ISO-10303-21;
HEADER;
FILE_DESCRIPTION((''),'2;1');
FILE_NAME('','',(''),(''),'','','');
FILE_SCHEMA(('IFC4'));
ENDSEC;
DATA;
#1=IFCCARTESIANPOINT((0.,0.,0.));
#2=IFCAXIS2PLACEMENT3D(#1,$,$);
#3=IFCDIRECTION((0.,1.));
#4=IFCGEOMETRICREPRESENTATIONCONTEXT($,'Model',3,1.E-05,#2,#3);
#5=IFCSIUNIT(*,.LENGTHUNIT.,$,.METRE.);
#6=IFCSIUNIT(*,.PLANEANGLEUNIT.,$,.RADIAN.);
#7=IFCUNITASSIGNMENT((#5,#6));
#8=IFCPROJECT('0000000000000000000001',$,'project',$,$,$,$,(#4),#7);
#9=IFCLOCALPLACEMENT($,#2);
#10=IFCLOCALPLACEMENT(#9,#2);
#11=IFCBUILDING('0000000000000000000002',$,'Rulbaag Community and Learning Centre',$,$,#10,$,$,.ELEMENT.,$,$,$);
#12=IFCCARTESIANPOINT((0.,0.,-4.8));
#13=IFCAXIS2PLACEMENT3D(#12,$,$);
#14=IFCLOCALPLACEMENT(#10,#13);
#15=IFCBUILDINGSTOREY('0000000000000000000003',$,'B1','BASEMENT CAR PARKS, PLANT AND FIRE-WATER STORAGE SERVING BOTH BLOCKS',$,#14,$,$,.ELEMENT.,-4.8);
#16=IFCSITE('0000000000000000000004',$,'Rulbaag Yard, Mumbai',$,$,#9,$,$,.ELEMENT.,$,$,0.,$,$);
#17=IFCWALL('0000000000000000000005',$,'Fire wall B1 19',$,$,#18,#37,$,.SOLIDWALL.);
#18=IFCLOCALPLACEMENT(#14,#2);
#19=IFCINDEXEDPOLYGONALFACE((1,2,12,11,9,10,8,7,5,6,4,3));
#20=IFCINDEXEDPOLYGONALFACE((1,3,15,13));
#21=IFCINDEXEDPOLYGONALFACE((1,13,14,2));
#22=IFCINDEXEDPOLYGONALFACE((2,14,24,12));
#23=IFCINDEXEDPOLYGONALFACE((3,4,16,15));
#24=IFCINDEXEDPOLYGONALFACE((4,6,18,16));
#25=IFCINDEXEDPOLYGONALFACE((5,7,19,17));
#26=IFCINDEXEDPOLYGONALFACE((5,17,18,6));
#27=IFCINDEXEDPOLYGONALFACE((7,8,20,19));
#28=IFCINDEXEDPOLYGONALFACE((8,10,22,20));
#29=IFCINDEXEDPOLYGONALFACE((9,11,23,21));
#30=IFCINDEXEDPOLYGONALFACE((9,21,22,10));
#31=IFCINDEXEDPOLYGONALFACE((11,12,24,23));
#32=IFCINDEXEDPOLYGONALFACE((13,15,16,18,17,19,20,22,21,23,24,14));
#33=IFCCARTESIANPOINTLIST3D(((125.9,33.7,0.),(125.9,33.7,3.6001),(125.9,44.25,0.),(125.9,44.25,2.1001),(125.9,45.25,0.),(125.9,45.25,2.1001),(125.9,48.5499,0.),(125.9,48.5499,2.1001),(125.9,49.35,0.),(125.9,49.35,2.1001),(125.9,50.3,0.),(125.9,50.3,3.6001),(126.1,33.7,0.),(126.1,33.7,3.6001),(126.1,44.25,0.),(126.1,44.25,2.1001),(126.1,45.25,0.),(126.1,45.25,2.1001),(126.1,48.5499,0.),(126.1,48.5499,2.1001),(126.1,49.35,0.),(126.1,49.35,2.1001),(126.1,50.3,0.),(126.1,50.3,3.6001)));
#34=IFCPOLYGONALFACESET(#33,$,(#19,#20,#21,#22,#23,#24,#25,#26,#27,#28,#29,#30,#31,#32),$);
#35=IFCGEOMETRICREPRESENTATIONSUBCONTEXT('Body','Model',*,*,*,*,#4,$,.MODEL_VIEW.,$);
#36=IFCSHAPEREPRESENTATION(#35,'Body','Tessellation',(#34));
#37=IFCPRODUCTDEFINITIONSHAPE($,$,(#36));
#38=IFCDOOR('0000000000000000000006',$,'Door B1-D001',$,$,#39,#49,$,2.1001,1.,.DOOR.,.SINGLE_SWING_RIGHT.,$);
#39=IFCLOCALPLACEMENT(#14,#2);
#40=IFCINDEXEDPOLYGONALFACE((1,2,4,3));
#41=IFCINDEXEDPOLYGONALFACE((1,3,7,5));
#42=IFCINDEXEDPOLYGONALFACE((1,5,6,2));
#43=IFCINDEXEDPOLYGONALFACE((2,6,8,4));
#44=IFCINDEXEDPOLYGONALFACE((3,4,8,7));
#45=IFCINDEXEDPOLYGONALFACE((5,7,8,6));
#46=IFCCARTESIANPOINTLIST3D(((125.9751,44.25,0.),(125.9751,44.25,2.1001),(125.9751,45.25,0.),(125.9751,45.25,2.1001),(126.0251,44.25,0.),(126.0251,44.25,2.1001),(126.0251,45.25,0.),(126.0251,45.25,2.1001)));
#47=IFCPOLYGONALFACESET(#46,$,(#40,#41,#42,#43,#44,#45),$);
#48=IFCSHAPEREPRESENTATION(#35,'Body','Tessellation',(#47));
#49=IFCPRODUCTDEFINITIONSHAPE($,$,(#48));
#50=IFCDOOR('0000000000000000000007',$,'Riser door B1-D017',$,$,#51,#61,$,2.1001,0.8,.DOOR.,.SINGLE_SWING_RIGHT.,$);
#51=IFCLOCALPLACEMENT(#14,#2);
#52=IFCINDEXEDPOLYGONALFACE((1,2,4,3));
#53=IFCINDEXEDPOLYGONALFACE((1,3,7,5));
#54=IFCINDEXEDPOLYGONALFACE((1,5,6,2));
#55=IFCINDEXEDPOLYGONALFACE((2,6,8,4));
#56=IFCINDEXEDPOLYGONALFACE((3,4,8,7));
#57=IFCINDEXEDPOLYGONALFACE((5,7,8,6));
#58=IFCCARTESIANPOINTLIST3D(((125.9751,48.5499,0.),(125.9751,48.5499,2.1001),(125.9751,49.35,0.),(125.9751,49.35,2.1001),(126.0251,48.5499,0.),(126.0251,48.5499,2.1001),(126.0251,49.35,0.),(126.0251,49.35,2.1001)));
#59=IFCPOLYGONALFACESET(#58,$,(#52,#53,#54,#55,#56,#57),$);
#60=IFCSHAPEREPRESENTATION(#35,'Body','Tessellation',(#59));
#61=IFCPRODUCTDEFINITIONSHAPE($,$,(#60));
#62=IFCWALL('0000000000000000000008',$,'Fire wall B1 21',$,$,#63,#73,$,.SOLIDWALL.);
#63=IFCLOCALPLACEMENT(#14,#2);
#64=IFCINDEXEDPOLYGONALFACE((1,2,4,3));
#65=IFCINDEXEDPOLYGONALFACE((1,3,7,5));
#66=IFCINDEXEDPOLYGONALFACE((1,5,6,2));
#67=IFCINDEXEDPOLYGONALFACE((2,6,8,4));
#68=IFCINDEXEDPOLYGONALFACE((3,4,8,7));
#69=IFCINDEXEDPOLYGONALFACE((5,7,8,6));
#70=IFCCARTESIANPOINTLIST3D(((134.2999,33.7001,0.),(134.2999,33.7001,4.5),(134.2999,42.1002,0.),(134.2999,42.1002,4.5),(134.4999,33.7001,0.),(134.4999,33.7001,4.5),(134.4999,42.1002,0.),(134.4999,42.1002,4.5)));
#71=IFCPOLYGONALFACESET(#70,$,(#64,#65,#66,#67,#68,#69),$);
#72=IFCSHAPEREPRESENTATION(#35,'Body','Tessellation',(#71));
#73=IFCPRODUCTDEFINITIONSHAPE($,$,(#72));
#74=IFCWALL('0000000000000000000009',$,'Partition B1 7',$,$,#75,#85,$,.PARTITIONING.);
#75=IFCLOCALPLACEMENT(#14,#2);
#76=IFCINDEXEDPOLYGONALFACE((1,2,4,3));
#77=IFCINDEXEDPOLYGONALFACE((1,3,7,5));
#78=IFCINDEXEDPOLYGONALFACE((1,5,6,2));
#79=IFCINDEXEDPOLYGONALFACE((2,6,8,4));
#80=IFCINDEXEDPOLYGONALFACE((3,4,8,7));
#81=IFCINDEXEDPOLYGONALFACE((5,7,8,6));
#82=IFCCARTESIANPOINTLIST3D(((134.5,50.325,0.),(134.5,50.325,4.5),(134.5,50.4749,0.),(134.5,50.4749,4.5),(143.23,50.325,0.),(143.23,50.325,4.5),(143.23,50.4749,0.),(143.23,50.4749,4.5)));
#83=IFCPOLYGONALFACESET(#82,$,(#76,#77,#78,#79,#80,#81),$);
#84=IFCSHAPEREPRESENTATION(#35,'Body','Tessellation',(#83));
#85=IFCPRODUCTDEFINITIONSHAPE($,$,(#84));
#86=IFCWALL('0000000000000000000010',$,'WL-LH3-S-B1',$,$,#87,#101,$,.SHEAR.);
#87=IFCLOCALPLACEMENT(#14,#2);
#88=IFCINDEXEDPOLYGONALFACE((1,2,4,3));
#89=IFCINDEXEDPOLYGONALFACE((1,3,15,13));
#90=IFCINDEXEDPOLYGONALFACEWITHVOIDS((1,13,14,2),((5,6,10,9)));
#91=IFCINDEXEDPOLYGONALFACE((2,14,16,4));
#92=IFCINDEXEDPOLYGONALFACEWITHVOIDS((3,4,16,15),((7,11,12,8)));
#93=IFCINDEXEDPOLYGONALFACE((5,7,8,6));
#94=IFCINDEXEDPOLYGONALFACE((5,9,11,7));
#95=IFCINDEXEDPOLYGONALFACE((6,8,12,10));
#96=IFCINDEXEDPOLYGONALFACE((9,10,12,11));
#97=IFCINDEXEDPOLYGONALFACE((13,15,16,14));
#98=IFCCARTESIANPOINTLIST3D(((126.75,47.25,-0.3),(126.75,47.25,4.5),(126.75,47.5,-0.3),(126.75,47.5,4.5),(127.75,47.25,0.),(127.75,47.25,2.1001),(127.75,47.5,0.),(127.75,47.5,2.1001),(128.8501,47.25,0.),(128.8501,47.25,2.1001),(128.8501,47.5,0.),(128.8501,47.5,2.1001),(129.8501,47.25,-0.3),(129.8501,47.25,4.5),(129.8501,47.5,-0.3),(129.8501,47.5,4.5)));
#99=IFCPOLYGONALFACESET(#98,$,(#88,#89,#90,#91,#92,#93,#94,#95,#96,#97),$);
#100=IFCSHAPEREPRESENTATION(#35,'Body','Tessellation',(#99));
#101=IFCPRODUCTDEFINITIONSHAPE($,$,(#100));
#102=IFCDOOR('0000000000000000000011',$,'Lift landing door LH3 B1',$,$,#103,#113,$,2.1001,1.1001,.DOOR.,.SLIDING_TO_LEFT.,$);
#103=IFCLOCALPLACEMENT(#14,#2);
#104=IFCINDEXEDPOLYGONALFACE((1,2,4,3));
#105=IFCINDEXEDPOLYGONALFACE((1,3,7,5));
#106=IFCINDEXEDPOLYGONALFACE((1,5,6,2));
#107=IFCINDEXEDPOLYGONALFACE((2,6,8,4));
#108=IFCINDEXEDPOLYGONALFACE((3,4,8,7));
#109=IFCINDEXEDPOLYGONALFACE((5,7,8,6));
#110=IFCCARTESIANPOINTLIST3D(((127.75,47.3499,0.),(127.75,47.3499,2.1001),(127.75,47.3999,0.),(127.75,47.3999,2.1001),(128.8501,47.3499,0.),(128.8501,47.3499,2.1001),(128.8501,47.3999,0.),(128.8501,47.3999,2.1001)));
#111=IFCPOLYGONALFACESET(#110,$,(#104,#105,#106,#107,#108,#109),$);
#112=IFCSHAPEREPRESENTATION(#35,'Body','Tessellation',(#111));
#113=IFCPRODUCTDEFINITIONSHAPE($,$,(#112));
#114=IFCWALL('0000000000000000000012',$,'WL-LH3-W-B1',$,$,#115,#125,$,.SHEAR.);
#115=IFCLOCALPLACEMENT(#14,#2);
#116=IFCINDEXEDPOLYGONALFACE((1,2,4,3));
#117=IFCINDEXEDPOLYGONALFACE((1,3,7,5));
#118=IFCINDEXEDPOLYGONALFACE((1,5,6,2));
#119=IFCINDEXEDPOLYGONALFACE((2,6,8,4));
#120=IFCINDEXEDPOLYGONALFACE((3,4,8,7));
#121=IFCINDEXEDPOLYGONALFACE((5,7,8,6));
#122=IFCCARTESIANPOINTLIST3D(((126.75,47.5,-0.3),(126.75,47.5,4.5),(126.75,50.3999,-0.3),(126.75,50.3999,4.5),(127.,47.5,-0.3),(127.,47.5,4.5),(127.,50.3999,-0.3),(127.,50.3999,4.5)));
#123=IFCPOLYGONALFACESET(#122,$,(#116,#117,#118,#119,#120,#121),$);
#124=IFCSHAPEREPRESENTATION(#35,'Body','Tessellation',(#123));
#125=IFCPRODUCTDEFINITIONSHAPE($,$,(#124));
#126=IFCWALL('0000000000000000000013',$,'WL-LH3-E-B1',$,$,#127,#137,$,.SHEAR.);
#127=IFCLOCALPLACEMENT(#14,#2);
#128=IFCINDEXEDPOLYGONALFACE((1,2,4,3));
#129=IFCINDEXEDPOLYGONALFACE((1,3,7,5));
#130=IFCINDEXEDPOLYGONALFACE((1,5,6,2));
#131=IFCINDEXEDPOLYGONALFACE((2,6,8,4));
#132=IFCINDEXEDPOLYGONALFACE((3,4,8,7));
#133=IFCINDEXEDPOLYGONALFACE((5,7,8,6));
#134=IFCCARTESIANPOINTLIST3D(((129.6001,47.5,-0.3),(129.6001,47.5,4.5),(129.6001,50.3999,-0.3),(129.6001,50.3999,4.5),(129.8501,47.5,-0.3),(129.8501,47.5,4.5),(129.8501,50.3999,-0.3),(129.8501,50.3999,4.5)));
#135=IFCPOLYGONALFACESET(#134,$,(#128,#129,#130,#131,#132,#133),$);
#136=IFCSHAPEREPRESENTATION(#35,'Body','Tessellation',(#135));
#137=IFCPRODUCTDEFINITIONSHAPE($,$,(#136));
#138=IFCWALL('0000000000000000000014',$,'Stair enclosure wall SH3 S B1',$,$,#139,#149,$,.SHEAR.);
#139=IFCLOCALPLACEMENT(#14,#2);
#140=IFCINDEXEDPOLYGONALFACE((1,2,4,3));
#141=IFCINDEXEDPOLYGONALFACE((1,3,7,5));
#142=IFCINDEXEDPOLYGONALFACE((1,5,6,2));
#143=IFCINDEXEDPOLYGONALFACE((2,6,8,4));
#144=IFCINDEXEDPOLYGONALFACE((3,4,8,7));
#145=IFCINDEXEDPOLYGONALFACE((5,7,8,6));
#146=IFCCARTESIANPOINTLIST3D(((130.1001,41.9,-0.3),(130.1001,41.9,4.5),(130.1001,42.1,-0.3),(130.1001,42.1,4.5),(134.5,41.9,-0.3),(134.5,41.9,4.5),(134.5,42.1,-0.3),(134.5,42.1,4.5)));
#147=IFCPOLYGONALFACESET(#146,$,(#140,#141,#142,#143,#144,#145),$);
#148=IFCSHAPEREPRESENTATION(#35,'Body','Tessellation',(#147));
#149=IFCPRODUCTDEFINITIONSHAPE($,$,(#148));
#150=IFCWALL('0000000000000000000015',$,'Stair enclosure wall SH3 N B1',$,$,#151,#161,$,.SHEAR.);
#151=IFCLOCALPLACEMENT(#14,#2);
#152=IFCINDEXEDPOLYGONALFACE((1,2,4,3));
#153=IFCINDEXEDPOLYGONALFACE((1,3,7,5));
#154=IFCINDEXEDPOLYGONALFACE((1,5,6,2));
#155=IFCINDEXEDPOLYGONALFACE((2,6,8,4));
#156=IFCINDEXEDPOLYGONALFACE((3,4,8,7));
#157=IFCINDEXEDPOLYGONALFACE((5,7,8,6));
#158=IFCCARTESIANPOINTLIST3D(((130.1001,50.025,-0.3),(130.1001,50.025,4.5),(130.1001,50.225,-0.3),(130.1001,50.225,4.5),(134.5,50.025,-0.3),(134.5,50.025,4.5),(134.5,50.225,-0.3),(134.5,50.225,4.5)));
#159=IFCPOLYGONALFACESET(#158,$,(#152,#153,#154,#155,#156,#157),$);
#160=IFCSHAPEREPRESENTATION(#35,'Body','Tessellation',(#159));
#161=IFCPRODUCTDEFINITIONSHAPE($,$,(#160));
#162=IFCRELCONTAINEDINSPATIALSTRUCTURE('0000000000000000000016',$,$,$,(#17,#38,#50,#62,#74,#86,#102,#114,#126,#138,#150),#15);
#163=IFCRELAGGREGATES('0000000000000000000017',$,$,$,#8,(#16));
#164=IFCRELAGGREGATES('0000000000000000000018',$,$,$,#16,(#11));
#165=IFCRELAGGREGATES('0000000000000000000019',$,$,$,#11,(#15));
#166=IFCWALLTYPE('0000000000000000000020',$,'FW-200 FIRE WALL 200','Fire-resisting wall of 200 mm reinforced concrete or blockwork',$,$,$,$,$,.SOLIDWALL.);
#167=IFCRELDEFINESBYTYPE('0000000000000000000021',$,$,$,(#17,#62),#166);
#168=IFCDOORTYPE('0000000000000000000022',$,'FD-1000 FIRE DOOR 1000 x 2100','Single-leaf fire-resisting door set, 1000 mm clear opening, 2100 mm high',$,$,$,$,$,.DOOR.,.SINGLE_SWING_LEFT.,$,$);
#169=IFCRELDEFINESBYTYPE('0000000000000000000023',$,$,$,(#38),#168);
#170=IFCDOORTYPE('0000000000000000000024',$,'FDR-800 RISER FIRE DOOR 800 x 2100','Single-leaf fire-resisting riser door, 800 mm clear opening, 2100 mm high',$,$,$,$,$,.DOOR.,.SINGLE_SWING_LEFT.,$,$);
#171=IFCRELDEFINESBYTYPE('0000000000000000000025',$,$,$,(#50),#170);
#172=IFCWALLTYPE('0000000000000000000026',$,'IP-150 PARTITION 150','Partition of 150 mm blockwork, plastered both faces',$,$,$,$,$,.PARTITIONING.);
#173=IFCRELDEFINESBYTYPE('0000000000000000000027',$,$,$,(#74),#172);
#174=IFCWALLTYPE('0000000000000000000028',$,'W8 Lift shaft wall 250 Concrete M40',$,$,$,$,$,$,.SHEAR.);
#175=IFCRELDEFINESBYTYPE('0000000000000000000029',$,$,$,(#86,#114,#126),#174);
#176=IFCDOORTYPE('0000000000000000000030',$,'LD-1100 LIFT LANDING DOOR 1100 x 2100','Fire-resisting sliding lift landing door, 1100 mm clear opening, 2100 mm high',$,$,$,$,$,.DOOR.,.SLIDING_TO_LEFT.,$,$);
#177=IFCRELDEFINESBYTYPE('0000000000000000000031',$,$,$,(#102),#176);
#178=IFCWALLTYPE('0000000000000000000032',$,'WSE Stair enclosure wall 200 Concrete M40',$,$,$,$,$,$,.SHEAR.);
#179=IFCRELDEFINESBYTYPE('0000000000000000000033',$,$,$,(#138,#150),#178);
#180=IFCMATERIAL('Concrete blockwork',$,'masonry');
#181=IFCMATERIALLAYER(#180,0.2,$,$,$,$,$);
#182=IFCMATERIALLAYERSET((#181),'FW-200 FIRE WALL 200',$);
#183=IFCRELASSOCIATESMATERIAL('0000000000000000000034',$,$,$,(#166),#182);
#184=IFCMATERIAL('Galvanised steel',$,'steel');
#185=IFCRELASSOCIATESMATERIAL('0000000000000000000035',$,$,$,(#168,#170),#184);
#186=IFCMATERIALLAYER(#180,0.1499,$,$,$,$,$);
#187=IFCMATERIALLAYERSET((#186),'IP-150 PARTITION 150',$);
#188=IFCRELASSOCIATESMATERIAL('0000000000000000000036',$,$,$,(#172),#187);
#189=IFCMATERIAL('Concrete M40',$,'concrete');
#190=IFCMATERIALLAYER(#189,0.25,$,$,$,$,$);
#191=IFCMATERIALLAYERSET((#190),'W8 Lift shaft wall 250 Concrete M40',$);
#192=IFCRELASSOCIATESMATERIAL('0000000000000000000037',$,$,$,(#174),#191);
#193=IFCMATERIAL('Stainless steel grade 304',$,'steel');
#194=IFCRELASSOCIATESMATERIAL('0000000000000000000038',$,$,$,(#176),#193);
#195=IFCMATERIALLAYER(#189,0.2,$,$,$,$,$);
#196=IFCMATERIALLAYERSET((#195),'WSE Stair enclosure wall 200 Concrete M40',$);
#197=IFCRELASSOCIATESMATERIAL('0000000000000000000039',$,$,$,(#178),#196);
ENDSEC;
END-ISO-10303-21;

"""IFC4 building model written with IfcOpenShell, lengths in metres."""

from ifc_helpers import new_model, si_unit, direction, frame, frame_2d, origin, place, context, subcontext, project, spatial, rectangle, extrude, material, layer, layer_set, type_object, element, fill, save


model = new_model("IFC4")

# Units and contexts
model_context = context("Model", 3, precision=1e-05, world=origin(), true_north=direction((0.0, 1.0)))
body_context = subcontext(model_context, "Body", "Model", "MODEL_VIEW")
ifc_project = project(units=[si_unit("LENGTHUNIT", "METRE"), si_unit("PLANEANGLEUNIT", "RADIAN")], contexts=[model_context])

# Site, building, storey
site_placement = place(None, origin())
site = spatial("IfcSite", under=ifc_project, at=site_placement, Name="Rulbaag Yard, Mumbai", CompositionType="ELEMENT", RefElevation=0.0)
building_placement = place(site_placement, origin())
building = spatial("IfcBuilding", under=site, at=building_placement, Name="Rulbaag Community and Learning Centre", CompositionType="ELEMENT")
storey_placement = place(building_placement, frame((0.0, 0.0, -4.8)))
storey = spatial("IfcBuildingStorey", under=building, at=storey_placement, Name="B1", Description="BASEMENT CAR PARKS, PLANT AND FIRE-WATER STORAGE SERVING BOTH BLOCKS", CompositionType="ELEMENT", Elevation=-4.8)

# Shared definitions
ifc_material_1 = material(Name="Concrete M40", Category="concrete")

# Shared definitions
ifc_material_2 = material(Name="Concrete blockwork", Category="masonry")
ifc_layer_1 = layer(ifc_material_2, 0.2)
ifc_layer_set_1 = layer_set([ifc_layer_1], Name="FW-200 FIRE WALL 200")
wall_type_1 = type_object("IfcWallType", Name="FW-200 FIRE WALL 200", Description="Fire-resisting wall of 200 mm reinforced concrete or blockwork", PredefinedType="SOLIDWALL", material=ifc_layer_set_1)

# Wall, openings, doors
wall_1_placement = place(storey_placement, frame((126.0, 33.7, 0.0), z_axis=(0.0, 0.0, 1.0), x_axis=(0.0, 1.0, 0.0)))
wall_1 = element("IfcWall", 1, at=wall_1_placement, inside=storey, type_object=wall_type_1, Name="Fire wall B1 19", PredefinedType="SOLIDWALL", context=body_context, shape_type="SweptSolid", body=[
    extrude(rectangle(XDim=16.6001, YDim=0.2, at=frame_2d((8.3, 0.0))), origin(), (0.0, 0.0, 1.0), 3.6001),
])
opening_1_placement = place(wall_1_placement, frame((14.8501, 0.0, 0.0)))
opening_1 = element("IfcOpeningElement", 2, at=opening_1_placement, cuts=wall_1, PredefinedType="OPENING", context=body_context, shape_type="SweptSolid", body=[
    extrude(rectangle(XDim=0.8, YDim=2.1001, at=frame_2d((0.3999, 1.05))), frame((0.0, 0.1099, 0.0), z_axis=(0.0, -1.0, 0.0), x_axis=(1.0, 0.0, 0.0)), (0.0, 0.0, 1.0), 0.22),
])
opening_2_placement = place(wall_1_placement, frame((10.55, 0.0, 0.0)))
opening_2 = element("IfcOpeningElement", 3, at=opening_2_placement, cuts=wall_1, PredefinedType="OPENING", context=body_context, shape_type="SweptSolid", body=[
    extrude(rectangle(XDim=1.0, YDim=2.1001, at=frame_2d((0.5, 1.05))), frame((0.0, 0.1099, 0.0), z_axis=(0.0, -1.0, 0.0), x_axis=(1.0, 0.0, 0.0)), (0.0, 0.0, 1.0), 0.22),
])
ifc_material_3 = material(Name="Galvanised steel", Category="steel")
door_type_1 = type_object("IfcDoorType", Name="FD-1000 FIRE DOOR 1000 x 2100", Description="Single-leaf fire-resisting door set, 1000 mm clear opening, 2100 mm high", OperationType="SINGLE_SWING_LEFT", PredefinedType="DOOR", material=ifc_material_3)
door_1_placement = place(opening_2_placement, origin())
door_1 = element("IfcDoor", 4, at=door_1_placement, inside=storey, type_object=door_type_1, Name="Door B1-D001", OperationType="SINGLE_SWING_RIGHT", OverallHeight=2.1001, OverallWidth=1.0, PredefinedType="DOOR", context=body_context, shape_type="SweptSolid", body=[
    extrude(rectangle(XDim=1.0, YDim=2.1001, at=frame_2d((0.5, 1.05))), frame((0.0, 0.0249, 0.0), z_axis=(0.0, -1.0, 0.0), x_axis=(1.0, 0.0, 0.0)), (0.0, 0.0, 1.0), 0.05),
])
fill(opening_2, door_1)
door_type_2 = type_object("IfcDoorType", Name="FDR-800 RISER FIRE DOOR 800 x 2100", Description="Single-leaf fire-resisting riser door, 800 mm clear opening, 2100 mm high", OperationType="SINGLE_SWING_LEFT", PredefinedType="DOOR", material=ifc_material_3)
door_2_placement = place(opening_1_placement, origin())
door_2 = element("IfcDoor", 5, at=door_2_placement, inside=storey, type_object=door_type_2, Name="Riser door B1-D017", OperationType="SINGLE_SWING_RIGHT", OverallHeight=2.1001, OverallWidth=0.8, PredefinedType="DOOR", context=body_context, shape_type="SweptSolid", body=[
    extrude(rectangle(XDim=0.8, YDim=2.1001, at=frame_2d((0.3999, 1.05))), frame((0.0, 0.0249, 0.0), z_axis=(0.0, -1.0, 0.0), x_axis=(1.0, 0.0, 0.0)), (0.0, 0.0, 1.0), 0.05),
])
fill(opening_1, door_2)

# Walls
wall_2_placement = place(storey_placement, frame((134.3999, 33.7, 0.0), z_axis=(0.0, 0.0, 1.0), x_axis=(0.0, 1.0, 0.0)))
element("IfcWall", 6, at=wall_2_placement, inside=storey, type_object=wall_type_1, Name="Fire wall B1 21", PredefinedType="SOLIDWALL", context=body_context, shape_type="SweptSolid", body=[
    extrude(rectangle(XDim=8.4001, YDim=0.2, at=frame_2d((4.2002, 0.0))), origin(), (0.0, 0.0, 1.0), 4.5),
])
ifc_layer_2 = layer(ifc_material_2, 0.1499)
ifc_layer_set_2 = layer_set([ifc_layer_2], Name="IP-150 PARTITION 150")
wall_type_2 = type_object("IfcWallType", Name="IP-150 PARTITION 150", Description="Partition of 150 mm blockwork, plastered both faces", PredefinedType="PARTITIONING", material=ifc_layer_set_2)
wall_3_placement = place(storey_placement, frame((134.5, 50.3999, 0.0), z_axis=(0.0, 0.0, 1.0), x_axis=(1.0, 0.0, 0.0)))
element("IfcWall", 7, at=wall_3_placement, inside=storey, type_object=wall_type_2, Name="Partition B1 7", PredefinedType="PARTITIONING", context=body_context, shape_type="SweptSolid", body=[
    extrude(rectangle(XDim=8.73, YDim=0.1499, at=frame_2d((4.365, 0.0))), origin(), (0.0, 0.0, 1.0), 4.5),
])

# Wall, opening, door
ifc_layer_3 = layer(ifc_material_1, 0.25)
ifc_layer_set_3 = layer_set([ifc_layer_3], Name="W8 Lift shaft wall 250 Concrete M40")
wall_type_3 = type_object("IfcWallType", Name="W8 Lift shaft wall 250 Concrete M40", PredefinedType="SHEAR", material=ifc_layer_set_3)
wall_4_placement = place(storey_placement, frame((126.75, 47.375, -0.3), z_axis=(0.0, 0.0, 1.0), x_axis=(1.0, 0.0, 0.0)))
wall_4 = element("IfcWall", 8, at=wall_4_placement, inside=storey, type_object=wall_type_3, Name="WL-LH3-S-B1", PredefinedType="SHEAR", context=body_context, shape_type="SweptSolid", body=[
    extrude(rectangle(XDim=3.1001, YDim=0.25, at=frame_2d((1.55, 0.0))), origin(), (0.0, 0.0, 1.0), 4.8),
])
opening_3_placement = place(wall_4_placement, frame((1.0, 0.0, 0.3)))
opening_3 = element("IfcOpeningElement", 9, at=opening_3_placement, cuts=wall_4, PredefinedType="OPENING", context=body_context, shape_type="SweptSolid", body=[
    extrude(rectangle(XDim=1.1001, YDim=2.1001, at=frame_2d((0.55, 1.05))), frame((0.0, 0.135, 0.0), z_axis=(0.0, -1.0, 0.0), x_axis=(1.0, 0.0, 0.0)), (0.0, 0.0, 1.0), 0.27),
])
ifc_material_4 = material(Name="Stainless steel grade 304", Category="steel")
door_type_3 = type_object("IfcDoorType", Name="LD-1100 LIFT LANDING DOOR 1100 x 2100", Description="Fire-resisting sliding lift landing door, 1100 mm clear opening, 2100 mm high", OperationType="SLIDING_TO_LEFT", PredefinedType="DOOR", material=ifc_material_4)
door_3_placement = place(opening_3_placement, origin())
door_3 = element("IfcDoor", 10, at=door_3_placement, inside=storey, type_object=door_type_3, Name="Lift landing door LH3 B1", OperationType="SLIDING_TO_LEFT", OverallHeight=2.1001, OverallWidth=1.1001, PredefinedType="DOOR", context=body_context, shape_type="SweptSolid", body=[
    extrude(rectangle(XDim=1.1001, YDim=2.1001, at=frame_2d((0.55, 1.05))), frame((0.0, 0.0249, 0.0), z_axis=(0.0, -1.0, 0.0), x_axis=(1.0, 0.0, 0.0)), (0.0, 0.0, 1.0), 0.05),
])
fill(opening_3, door_3)

# Walls
for number, where, z_axis, x_axis, name in (
    (11, (126.875, 47.5, -0.3), (0.0, 0.0, 1.0), (0.0, 1.0, 0.0), "WL-LH3-W-B1"),
    (12, (129.7251, 47.5, -0.3), (0.0, 0.0, 1.0), (0.0, 1.0, 0.0), "WL-LH3-E-B1"),
):
    element("IfcWall", number, at=place(storey_placement, frame(where, z_axis=z_axis, x_axis=x_axis)), inside=storey, type_object=wall_type_3, Name=name, PredefinedType="SHEAR", context=body_context, shape_type="SweptSolid", body=[
        extrude(rectangle(XDim=2.8999, YDim=0.25, at=frame_2d((1.45, 0.0))), origin(), (0.0, 0.0, 1.0), 4.8),
    ])
ifc_layer_4 = layer(ifc_material_1, 0.2)
ifc_layer_set_4 = layer_set([ifc_layer_4], Name="WSE Stair enclosure wall 200 Concrete M40")
wall_type_4 = type_object("IfcWallType", Name="WSE Stair enclosure wall 200 Concrete M40", PredefinedType="SHEAR", material=ifc_layer_set_4)
for number, where, z_axis, x_axis, name in (
    (13, (130.1001, 42.0, -0.3), (0.0, 0.0, 1.0), (1.0, 0.0, 0.0), "Stair enclosure wall SH3 S B1"),
    (14, (130.1001, 50.125, -0.3), (0.0, 0.0, 1.0), (1.0, 0.0, 0.0), "Stair enclosure wall SH3 N B1"),
):
    element("IfcWall", number, at=place(storey_placement, frame(where, z_axis=z_axis, x_axis=x_axis)), inside=storey, type_object=wall_type_4, Name=name, PredefinedType="SHEAR", context=body_context, shape_type="SweptSolid", body=[
        extrude(rectangle(XDim=4.3999, YDim=0.2, at=frame_2d((2.2, 0.0))), origin(), (0.0, 0.0, 1.0), 4.8),
    ])

save(model, "model.ifc")
